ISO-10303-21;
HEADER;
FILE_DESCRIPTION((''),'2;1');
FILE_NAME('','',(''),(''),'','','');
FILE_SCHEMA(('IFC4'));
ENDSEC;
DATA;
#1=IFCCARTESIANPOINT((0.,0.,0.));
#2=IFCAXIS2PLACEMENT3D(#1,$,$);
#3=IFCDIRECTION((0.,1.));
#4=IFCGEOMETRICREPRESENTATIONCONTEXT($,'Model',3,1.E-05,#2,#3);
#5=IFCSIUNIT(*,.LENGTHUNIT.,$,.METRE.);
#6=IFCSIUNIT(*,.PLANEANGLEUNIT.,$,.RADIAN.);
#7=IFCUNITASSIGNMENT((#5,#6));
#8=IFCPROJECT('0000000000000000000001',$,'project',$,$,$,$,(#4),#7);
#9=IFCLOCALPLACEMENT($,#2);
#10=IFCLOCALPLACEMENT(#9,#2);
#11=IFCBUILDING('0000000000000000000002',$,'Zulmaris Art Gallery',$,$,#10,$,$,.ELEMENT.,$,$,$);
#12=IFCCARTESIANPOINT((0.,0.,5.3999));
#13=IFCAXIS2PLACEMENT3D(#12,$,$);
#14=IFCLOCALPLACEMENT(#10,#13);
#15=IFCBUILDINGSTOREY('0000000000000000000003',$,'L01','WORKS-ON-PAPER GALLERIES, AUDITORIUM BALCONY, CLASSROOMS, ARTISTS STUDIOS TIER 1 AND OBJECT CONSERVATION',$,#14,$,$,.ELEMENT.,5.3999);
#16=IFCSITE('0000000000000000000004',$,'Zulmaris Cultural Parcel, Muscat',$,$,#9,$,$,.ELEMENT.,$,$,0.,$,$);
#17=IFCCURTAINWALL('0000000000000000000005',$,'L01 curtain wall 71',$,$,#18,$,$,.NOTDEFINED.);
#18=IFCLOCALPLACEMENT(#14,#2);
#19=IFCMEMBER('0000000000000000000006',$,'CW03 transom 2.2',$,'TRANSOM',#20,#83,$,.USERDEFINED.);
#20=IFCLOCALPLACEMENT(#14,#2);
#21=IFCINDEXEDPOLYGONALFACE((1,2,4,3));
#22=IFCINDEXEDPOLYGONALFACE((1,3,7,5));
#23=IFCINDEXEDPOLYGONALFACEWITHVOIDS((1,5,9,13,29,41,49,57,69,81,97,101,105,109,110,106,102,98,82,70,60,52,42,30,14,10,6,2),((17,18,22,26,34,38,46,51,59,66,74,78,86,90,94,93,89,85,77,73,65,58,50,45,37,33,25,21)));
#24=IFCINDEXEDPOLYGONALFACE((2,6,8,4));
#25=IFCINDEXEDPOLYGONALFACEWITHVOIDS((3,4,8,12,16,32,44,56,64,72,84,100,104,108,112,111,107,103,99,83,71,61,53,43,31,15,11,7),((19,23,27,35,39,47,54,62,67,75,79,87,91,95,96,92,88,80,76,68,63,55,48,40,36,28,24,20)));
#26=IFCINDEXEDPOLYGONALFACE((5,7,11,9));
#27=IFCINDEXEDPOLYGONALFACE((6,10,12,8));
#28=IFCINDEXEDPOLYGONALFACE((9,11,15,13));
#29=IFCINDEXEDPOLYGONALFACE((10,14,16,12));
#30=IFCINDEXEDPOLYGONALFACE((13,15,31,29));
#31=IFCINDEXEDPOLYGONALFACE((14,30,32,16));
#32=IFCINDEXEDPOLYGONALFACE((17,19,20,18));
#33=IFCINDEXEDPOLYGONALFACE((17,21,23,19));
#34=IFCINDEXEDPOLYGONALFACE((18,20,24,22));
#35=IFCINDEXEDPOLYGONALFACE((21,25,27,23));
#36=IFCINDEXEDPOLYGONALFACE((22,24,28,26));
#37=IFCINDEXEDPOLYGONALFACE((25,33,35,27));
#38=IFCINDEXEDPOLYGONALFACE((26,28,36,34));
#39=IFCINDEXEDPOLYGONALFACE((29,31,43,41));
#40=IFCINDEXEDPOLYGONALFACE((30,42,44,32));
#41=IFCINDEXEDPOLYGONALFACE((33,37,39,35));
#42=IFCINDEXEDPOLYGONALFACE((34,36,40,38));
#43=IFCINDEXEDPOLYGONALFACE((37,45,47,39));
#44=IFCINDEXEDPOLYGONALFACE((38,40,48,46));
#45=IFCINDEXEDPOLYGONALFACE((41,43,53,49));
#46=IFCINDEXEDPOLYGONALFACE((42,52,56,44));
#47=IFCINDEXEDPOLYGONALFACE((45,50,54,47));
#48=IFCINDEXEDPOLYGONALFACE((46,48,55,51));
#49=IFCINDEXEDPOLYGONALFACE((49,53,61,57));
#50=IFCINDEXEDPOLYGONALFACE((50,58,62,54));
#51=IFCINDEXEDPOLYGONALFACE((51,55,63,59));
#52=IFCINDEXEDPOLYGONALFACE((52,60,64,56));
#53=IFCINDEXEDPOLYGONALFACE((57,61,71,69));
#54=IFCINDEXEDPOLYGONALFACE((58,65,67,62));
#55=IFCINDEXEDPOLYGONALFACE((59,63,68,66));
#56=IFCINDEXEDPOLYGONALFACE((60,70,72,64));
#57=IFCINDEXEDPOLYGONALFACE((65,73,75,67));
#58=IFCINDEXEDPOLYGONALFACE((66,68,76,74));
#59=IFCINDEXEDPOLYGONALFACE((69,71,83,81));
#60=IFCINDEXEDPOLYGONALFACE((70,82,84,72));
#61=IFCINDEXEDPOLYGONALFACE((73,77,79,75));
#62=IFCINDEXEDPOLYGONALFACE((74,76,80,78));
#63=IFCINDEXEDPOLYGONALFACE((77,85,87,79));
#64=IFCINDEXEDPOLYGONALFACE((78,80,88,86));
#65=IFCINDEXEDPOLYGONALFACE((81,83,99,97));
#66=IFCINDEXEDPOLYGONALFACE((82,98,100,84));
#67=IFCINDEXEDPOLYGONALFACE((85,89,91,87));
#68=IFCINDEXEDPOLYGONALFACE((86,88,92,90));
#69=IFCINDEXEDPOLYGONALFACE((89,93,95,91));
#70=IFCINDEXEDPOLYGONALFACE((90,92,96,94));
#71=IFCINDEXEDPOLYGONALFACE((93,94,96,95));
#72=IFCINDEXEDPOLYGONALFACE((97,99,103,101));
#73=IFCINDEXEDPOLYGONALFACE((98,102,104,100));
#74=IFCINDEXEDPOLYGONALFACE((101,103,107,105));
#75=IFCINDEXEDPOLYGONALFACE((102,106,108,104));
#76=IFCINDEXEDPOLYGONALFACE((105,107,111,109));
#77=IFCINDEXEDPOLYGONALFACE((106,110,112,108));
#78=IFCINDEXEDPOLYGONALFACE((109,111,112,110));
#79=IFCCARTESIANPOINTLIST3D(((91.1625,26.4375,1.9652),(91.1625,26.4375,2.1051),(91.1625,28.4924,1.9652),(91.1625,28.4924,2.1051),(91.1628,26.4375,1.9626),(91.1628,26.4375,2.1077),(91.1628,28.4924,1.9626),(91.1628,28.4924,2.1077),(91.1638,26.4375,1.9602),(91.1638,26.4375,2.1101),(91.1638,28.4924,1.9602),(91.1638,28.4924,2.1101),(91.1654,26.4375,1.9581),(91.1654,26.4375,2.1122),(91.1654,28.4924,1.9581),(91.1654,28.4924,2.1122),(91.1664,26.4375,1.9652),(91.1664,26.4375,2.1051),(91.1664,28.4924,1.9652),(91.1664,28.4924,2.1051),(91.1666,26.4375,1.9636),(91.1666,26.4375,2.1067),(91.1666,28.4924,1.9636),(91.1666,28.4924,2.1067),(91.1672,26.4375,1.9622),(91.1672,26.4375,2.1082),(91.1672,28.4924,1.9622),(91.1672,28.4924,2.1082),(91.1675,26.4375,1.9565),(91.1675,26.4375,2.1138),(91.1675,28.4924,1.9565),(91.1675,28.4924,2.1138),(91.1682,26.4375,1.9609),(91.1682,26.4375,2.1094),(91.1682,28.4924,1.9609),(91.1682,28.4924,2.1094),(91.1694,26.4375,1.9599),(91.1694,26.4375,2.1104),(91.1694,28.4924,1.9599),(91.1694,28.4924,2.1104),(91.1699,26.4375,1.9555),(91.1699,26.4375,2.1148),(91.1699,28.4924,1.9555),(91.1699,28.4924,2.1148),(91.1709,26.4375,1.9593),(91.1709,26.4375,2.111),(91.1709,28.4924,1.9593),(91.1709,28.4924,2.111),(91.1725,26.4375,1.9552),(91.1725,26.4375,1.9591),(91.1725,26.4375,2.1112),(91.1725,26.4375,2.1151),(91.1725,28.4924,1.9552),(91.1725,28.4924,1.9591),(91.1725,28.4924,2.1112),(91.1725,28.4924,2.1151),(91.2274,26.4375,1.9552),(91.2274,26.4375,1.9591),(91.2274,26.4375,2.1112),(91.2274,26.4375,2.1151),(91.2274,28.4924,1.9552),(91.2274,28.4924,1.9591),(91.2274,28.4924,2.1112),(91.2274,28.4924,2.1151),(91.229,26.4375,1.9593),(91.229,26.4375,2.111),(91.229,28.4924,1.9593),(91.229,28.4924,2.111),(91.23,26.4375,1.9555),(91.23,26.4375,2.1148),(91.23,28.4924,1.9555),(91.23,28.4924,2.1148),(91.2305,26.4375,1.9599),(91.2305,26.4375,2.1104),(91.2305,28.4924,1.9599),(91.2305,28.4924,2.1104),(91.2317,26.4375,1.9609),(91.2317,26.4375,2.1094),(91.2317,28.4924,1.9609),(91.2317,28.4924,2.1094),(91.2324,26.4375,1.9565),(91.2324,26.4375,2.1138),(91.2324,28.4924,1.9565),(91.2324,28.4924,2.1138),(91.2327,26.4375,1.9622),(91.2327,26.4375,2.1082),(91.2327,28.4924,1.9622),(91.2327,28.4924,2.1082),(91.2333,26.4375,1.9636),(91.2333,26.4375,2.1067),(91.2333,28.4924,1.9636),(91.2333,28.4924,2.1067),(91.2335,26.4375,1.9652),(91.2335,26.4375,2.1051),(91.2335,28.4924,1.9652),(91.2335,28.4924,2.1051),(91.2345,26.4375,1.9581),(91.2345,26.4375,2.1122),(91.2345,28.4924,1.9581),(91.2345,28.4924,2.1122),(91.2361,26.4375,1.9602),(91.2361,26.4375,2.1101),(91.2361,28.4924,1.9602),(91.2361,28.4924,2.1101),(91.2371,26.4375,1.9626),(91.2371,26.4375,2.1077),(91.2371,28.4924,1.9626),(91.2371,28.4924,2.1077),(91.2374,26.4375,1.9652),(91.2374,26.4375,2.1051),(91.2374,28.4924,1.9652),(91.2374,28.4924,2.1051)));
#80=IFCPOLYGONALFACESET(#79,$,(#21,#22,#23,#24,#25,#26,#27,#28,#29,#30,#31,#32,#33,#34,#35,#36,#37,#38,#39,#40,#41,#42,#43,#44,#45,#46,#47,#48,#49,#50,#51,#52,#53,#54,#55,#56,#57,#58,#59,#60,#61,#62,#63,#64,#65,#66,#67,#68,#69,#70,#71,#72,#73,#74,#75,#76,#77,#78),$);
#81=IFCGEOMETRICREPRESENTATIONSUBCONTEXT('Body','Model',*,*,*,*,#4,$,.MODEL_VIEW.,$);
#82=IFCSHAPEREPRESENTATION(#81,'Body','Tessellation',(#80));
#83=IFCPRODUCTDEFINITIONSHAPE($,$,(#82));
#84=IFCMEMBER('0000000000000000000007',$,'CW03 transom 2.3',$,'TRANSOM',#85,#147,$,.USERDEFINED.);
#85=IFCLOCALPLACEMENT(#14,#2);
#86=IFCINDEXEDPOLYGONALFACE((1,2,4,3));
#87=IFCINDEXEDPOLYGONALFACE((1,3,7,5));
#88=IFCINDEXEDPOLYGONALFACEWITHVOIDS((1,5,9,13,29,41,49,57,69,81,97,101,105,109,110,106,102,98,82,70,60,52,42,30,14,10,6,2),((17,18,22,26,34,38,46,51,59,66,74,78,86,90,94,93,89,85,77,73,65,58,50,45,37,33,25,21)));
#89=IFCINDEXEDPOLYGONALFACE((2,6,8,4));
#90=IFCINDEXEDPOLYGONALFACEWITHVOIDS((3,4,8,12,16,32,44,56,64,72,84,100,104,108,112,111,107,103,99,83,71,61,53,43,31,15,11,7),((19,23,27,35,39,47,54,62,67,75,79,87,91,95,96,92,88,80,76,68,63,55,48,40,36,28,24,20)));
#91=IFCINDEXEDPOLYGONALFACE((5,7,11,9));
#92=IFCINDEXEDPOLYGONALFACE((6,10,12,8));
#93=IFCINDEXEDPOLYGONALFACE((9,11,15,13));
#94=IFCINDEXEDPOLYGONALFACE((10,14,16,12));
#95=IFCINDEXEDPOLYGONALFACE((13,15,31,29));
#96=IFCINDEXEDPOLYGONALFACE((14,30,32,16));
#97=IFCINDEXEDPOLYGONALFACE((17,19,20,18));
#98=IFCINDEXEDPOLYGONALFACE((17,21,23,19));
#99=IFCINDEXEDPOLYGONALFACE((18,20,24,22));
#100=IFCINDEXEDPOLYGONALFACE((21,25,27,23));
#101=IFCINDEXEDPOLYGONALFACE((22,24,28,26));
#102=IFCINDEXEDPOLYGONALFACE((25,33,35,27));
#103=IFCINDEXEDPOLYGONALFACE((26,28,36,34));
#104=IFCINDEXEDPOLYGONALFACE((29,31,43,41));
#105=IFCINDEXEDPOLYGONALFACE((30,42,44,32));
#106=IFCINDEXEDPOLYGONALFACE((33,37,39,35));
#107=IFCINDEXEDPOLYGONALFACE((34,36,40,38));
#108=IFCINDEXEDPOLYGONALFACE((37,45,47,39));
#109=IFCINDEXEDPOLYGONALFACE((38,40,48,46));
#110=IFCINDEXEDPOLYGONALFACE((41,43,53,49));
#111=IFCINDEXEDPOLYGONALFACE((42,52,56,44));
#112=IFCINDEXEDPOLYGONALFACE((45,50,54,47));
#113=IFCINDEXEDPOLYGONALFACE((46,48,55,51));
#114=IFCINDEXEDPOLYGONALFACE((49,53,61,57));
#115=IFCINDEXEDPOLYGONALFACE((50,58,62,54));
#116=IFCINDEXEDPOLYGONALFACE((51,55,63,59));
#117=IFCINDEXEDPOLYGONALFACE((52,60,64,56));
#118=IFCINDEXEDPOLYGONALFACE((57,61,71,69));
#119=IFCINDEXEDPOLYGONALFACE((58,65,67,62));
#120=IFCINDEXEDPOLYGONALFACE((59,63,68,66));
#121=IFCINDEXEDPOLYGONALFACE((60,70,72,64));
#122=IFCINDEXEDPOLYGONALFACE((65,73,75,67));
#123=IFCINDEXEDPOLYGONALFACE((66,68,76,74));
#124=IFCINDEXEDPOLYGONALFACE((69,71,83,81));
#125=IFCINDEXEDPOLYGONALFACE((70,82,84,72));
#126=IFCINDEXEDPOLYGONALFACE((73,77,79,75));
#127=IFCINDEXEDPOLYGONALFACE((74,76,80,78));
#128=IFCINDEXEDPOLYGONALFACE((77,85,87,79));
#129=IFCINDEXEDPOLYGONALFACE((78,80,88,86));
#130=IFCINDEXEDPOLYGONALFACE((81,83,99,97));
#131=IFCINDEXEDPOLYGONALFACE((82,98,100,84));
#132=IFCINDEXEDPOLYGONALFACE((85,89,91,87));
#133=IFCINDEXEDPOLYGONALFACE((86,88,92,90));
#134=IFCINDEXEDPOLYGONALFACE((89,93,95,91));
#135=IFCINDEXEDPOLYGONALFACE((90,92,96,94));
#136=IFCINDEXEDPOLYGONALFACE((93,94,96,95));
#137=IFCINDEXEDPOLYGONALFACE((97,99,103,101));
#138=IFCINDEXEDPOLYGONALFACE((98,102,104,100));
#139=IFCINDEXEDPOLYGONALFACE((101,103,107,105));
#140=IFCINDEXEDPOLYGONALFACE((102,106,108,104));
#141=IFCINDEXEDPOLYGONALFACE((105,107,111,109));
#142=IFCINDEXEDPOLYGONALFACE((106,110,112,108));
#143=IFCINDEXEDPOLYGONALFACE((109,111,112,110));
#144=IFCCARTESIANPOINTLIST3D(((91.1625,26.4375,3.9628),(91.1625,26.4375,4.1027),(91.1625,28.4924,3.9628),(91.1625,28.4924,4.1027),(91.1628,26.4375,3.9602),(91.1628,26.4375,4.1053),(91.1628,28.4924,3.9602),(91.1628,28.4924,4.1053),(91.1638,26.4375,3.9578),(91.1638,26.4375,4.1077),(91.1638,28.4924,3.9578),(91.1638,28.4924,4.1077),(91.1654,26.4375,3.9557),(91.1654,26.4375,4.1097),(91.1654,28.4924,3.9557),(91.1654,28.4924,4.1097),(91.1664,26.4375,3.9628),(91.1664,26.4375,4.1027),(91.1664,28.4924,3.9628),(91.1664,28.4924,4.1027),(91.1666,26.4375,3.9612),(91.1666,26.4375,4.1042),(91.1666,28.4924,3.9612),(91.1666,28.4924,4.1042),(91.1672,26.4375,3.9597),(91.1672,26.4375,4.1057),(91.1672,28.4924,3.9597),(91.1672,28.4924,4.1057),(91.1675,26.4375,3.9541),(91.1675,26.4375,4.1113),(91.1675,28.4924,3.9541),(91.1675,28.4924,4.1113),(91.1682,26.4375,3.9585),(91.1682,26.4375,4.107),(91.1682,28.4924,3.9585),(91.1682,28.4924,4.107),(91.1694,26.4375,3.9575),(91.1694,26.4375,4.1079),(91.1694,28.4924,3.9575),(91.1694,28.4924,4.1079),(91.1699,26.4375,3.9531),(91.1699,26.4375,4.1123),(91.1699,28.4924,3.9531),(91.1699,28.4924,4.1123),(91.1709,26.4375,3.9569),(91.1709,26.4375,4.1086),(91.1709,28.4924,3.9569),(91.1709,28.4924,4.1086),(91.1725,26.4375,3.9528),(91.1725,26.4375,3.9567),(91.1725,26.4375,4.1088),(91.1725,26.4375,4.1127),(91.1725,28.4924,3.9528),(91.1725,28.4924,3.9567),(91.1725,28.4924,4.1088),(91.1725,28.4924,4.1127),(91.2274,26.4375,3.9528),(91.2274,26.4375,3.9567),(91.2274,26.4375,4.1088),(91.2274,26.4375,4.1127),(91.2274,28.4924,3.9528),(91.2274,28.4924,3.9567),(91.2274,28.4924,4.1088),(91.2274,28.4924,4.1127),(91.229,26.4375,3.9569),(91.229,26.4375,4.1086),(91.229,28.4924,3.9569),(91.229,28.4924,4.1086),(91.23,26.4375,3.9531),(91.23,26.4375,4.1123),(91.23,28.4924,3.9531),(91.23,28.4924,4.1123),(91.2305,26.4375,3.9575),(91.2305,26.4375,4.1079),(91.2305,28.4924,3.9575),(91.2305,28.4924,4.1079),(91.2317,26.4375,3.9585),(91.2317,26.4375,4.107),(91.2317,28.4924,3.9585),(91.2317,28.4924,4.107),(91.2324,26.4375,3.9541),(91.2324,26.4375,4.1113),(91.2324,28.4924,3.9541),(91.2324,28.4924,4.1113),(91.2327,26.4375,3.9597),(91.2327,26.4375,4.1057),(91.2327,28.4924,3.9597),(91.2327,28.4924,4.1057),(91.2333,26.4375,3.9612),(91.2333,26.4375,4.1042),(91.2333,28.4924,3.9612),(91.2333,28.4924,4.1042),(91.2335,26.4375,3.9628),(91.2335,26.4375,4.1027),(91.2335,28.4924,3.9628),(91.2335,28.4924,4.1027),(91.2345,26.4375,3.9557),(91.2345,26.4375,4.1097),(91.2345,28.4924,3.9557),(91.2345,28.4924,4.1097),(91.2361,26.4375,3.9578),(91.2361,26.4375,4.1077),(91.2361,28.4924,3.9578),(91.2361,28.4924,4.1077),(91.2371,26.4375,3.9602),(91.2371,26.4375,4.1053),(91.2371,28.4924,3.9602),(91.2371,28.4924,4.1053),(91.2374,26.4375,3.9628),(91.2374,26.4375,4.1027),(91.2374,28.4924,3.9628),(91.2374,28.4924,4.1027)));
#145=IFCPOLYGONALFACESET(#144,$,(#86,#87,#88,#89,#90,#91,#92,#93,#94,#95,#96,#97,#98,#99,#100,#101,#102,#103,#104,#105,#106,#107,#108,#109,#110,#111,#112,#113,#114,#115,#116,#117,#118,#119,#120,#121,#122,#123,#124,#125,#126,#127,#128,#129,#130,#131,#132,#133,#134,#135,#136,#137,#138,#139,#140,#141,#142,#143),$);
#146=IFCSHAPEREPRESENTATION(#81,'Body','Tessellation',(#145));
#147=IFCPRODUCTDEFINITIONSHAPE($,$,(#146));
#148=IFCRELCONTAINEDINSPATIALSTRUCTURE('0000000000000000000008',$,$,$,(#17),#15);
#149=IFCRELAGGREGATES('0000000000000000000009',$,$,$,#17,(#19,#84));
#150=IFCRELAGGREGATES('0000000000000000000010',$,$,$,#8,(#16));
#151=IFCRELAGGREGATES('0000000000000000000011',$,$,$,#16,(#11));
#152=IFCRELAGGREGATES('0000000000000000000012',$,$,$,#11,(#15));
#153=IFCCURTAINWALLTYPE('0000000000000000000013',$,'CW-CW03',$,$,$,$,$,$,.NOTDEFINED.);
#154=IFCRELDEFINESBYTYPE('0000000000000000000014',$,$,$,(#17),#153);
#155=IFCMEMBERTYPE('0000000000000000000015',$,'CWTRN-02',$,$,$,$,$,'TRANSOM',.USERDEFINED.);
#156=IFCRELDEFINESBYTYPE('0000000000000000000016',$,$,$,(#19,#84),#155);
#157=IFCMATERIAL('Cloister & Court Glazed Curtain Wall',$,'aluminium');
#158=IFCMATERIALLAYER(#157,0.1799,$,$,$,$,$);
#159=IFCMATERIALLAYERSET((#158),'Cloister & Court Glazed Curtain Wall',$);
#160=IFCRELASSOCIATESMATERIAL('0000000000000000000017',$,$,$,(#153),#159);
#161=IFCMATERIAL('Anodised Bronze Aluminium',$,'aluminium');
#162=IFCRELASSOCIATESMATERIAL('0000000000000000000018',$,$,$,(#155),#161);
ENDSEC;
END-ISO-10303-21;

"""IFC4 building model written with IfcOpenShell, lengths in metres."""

from ifc_helpers import new_model, si_unit, direction, frame, origin, origin_2d, place, context, subcontext, project, spatial, hollow_rectangle, extrude, material, layer, layer_set, material_profile, profile_set, type_object, element, aggregate, save


model = new_model("IFC4")

# Units and contexts
model_context = context("Model", 3, precision=1e-05, world=origin(), true_north=direction((0.0, 1.0)))
body_context = subcontext(model_context, "Body", "Model", "MODEL_VIEW")
ifc_project = project(units=[si_unit("LENGTHUNIT", "METRE"), si_unit("PLANEANGLEUNIT", "RADIAN")], contexts=[model_context])

# Site, building, storey
site_placement = place(None, origin())
site = spatial("IfcSite", under=ifc_project, at=site_placement, Name="Zulmaris Cultural Parcel, Muscat", CompositionType="ELEMENT", RefElevation=0.0)
building_placement = place(site_placement, origin())
building = spatial("IfcBuilding", under=site, at=building_placement, Name="Zulmaris Art Gallery", CompositionType="ELEMENT")
storey_placement = place(building_placement, frame((0.0, 0.0, 5.3999)))
storey = spatial("IfcBuildingStorey", under=building, at=storey_placement, Name="L01", Description="WORKS-ON-PAPER GALLERIES, AUDITORIUM BALCONY, CLASSROOMS, ARTISTS STUDIOS TIER 1 AND OBJECT CONSERVATION", CompositionType="ELEMENT", Elevation=5.3999)

# Curtain wall, members
ifc_material_1 = material(Name="Cloister & Court Glazed Curtain Wall", Category="aluminium")
ifc_layer_1 = layer(ifc_material_1, 0.1799)
ifc_layer_set_1 = layer_set([ifc_layer_1], Name="Cloister & Court Glazed Curtain Wall")
curtain_wall_type = type_object("IfcCurtainWallType", Name="CW-CW03", PredefinedType="NOTDEFINED", material=ifc_layer_set_1)
curtain_wall_placement = place(storey_placement, origin())
curtain_wall = element("IfcCurtainWall", 1, at=curtain_wall_placement, inside=storey, type_object=curtain_wall_type, Name="L01 curtain wall 71", PredefinedType="NOTDEFINED")
ifc_material_2 = material(Name="Anodised Bronze Aluminium", Category="aluminium")
ifc_material_profile_1 = material_profile(ifc_material_2, hollow_rectangle(XDim=0.075, YDim=0.1599, WallThickness=0.0039, InnerFilletRadius=0.0061, OuterFilletRadius=0.01, at=origin_2d()), Name="ALU 75x160x4")
ifc_profile_set_1 = profile_set([ifc_material_profile_1], Name="Anodised Bronze Aluminium")
member_type_1 = type_object("IfcMemberType", Name="CWTRN-02", ElementType="TRANSOM", PredefinedType="USERDEFINED", material=ifc_profile_set_1)
member_1_placement = place(storey_placement, frame((91.2, 28.4924, 2.0352), z_axis=(0.0, -1.0, 0.0), x_axis=(1.0, 0.0, 0.0)))
member_1 = element("IfcMember", 2, at=member_1_placement, type_object=member_type_1, Name="CW03 transom 2.2", ObjectType="TRANSOM", PredefinedType="USERDEFINED", context=body_context, shape_type="SweptSolid", body=[
    extrude(hollow_rectangle(XDim=0.075, YDim=0.1599, WallThickness=0.0039, InnerFilletRadius=0.0061, OuterFilletRadius=0.01, at=origin_2d()), origin(), (0.0, 0.0, 1.0), 2.0549),
])
member_2_placement = place(storey_placement, frame((91.2, 28.4924, 4.0327), z_axis=(0.0, -1.0, 0.0), x_axis=(1.0, 0.0, 0.0)))
member_2 = element("IfcMember", 3, at=member_2_placement, type_object=member_type_1, Name="CW03 transom 2.3", ObjectType="TRANSOM", PredefinedType="USERDEFINED", context=body_context, shape_type="SweptSolid", body=[
    extrude(hollow_rectangle(XDim=0.075, YDim=0.1599, WallThickness=0.0039, InnerFilletRadius=0.0061, OuterFilletRadius=0.01, at=origin_2d()), origin(), (0.0, 0.0, 1.0), 2.0549),
])
aggregate(curtain_wall, [member_1, member_2])

save(model, "model.ifc")
